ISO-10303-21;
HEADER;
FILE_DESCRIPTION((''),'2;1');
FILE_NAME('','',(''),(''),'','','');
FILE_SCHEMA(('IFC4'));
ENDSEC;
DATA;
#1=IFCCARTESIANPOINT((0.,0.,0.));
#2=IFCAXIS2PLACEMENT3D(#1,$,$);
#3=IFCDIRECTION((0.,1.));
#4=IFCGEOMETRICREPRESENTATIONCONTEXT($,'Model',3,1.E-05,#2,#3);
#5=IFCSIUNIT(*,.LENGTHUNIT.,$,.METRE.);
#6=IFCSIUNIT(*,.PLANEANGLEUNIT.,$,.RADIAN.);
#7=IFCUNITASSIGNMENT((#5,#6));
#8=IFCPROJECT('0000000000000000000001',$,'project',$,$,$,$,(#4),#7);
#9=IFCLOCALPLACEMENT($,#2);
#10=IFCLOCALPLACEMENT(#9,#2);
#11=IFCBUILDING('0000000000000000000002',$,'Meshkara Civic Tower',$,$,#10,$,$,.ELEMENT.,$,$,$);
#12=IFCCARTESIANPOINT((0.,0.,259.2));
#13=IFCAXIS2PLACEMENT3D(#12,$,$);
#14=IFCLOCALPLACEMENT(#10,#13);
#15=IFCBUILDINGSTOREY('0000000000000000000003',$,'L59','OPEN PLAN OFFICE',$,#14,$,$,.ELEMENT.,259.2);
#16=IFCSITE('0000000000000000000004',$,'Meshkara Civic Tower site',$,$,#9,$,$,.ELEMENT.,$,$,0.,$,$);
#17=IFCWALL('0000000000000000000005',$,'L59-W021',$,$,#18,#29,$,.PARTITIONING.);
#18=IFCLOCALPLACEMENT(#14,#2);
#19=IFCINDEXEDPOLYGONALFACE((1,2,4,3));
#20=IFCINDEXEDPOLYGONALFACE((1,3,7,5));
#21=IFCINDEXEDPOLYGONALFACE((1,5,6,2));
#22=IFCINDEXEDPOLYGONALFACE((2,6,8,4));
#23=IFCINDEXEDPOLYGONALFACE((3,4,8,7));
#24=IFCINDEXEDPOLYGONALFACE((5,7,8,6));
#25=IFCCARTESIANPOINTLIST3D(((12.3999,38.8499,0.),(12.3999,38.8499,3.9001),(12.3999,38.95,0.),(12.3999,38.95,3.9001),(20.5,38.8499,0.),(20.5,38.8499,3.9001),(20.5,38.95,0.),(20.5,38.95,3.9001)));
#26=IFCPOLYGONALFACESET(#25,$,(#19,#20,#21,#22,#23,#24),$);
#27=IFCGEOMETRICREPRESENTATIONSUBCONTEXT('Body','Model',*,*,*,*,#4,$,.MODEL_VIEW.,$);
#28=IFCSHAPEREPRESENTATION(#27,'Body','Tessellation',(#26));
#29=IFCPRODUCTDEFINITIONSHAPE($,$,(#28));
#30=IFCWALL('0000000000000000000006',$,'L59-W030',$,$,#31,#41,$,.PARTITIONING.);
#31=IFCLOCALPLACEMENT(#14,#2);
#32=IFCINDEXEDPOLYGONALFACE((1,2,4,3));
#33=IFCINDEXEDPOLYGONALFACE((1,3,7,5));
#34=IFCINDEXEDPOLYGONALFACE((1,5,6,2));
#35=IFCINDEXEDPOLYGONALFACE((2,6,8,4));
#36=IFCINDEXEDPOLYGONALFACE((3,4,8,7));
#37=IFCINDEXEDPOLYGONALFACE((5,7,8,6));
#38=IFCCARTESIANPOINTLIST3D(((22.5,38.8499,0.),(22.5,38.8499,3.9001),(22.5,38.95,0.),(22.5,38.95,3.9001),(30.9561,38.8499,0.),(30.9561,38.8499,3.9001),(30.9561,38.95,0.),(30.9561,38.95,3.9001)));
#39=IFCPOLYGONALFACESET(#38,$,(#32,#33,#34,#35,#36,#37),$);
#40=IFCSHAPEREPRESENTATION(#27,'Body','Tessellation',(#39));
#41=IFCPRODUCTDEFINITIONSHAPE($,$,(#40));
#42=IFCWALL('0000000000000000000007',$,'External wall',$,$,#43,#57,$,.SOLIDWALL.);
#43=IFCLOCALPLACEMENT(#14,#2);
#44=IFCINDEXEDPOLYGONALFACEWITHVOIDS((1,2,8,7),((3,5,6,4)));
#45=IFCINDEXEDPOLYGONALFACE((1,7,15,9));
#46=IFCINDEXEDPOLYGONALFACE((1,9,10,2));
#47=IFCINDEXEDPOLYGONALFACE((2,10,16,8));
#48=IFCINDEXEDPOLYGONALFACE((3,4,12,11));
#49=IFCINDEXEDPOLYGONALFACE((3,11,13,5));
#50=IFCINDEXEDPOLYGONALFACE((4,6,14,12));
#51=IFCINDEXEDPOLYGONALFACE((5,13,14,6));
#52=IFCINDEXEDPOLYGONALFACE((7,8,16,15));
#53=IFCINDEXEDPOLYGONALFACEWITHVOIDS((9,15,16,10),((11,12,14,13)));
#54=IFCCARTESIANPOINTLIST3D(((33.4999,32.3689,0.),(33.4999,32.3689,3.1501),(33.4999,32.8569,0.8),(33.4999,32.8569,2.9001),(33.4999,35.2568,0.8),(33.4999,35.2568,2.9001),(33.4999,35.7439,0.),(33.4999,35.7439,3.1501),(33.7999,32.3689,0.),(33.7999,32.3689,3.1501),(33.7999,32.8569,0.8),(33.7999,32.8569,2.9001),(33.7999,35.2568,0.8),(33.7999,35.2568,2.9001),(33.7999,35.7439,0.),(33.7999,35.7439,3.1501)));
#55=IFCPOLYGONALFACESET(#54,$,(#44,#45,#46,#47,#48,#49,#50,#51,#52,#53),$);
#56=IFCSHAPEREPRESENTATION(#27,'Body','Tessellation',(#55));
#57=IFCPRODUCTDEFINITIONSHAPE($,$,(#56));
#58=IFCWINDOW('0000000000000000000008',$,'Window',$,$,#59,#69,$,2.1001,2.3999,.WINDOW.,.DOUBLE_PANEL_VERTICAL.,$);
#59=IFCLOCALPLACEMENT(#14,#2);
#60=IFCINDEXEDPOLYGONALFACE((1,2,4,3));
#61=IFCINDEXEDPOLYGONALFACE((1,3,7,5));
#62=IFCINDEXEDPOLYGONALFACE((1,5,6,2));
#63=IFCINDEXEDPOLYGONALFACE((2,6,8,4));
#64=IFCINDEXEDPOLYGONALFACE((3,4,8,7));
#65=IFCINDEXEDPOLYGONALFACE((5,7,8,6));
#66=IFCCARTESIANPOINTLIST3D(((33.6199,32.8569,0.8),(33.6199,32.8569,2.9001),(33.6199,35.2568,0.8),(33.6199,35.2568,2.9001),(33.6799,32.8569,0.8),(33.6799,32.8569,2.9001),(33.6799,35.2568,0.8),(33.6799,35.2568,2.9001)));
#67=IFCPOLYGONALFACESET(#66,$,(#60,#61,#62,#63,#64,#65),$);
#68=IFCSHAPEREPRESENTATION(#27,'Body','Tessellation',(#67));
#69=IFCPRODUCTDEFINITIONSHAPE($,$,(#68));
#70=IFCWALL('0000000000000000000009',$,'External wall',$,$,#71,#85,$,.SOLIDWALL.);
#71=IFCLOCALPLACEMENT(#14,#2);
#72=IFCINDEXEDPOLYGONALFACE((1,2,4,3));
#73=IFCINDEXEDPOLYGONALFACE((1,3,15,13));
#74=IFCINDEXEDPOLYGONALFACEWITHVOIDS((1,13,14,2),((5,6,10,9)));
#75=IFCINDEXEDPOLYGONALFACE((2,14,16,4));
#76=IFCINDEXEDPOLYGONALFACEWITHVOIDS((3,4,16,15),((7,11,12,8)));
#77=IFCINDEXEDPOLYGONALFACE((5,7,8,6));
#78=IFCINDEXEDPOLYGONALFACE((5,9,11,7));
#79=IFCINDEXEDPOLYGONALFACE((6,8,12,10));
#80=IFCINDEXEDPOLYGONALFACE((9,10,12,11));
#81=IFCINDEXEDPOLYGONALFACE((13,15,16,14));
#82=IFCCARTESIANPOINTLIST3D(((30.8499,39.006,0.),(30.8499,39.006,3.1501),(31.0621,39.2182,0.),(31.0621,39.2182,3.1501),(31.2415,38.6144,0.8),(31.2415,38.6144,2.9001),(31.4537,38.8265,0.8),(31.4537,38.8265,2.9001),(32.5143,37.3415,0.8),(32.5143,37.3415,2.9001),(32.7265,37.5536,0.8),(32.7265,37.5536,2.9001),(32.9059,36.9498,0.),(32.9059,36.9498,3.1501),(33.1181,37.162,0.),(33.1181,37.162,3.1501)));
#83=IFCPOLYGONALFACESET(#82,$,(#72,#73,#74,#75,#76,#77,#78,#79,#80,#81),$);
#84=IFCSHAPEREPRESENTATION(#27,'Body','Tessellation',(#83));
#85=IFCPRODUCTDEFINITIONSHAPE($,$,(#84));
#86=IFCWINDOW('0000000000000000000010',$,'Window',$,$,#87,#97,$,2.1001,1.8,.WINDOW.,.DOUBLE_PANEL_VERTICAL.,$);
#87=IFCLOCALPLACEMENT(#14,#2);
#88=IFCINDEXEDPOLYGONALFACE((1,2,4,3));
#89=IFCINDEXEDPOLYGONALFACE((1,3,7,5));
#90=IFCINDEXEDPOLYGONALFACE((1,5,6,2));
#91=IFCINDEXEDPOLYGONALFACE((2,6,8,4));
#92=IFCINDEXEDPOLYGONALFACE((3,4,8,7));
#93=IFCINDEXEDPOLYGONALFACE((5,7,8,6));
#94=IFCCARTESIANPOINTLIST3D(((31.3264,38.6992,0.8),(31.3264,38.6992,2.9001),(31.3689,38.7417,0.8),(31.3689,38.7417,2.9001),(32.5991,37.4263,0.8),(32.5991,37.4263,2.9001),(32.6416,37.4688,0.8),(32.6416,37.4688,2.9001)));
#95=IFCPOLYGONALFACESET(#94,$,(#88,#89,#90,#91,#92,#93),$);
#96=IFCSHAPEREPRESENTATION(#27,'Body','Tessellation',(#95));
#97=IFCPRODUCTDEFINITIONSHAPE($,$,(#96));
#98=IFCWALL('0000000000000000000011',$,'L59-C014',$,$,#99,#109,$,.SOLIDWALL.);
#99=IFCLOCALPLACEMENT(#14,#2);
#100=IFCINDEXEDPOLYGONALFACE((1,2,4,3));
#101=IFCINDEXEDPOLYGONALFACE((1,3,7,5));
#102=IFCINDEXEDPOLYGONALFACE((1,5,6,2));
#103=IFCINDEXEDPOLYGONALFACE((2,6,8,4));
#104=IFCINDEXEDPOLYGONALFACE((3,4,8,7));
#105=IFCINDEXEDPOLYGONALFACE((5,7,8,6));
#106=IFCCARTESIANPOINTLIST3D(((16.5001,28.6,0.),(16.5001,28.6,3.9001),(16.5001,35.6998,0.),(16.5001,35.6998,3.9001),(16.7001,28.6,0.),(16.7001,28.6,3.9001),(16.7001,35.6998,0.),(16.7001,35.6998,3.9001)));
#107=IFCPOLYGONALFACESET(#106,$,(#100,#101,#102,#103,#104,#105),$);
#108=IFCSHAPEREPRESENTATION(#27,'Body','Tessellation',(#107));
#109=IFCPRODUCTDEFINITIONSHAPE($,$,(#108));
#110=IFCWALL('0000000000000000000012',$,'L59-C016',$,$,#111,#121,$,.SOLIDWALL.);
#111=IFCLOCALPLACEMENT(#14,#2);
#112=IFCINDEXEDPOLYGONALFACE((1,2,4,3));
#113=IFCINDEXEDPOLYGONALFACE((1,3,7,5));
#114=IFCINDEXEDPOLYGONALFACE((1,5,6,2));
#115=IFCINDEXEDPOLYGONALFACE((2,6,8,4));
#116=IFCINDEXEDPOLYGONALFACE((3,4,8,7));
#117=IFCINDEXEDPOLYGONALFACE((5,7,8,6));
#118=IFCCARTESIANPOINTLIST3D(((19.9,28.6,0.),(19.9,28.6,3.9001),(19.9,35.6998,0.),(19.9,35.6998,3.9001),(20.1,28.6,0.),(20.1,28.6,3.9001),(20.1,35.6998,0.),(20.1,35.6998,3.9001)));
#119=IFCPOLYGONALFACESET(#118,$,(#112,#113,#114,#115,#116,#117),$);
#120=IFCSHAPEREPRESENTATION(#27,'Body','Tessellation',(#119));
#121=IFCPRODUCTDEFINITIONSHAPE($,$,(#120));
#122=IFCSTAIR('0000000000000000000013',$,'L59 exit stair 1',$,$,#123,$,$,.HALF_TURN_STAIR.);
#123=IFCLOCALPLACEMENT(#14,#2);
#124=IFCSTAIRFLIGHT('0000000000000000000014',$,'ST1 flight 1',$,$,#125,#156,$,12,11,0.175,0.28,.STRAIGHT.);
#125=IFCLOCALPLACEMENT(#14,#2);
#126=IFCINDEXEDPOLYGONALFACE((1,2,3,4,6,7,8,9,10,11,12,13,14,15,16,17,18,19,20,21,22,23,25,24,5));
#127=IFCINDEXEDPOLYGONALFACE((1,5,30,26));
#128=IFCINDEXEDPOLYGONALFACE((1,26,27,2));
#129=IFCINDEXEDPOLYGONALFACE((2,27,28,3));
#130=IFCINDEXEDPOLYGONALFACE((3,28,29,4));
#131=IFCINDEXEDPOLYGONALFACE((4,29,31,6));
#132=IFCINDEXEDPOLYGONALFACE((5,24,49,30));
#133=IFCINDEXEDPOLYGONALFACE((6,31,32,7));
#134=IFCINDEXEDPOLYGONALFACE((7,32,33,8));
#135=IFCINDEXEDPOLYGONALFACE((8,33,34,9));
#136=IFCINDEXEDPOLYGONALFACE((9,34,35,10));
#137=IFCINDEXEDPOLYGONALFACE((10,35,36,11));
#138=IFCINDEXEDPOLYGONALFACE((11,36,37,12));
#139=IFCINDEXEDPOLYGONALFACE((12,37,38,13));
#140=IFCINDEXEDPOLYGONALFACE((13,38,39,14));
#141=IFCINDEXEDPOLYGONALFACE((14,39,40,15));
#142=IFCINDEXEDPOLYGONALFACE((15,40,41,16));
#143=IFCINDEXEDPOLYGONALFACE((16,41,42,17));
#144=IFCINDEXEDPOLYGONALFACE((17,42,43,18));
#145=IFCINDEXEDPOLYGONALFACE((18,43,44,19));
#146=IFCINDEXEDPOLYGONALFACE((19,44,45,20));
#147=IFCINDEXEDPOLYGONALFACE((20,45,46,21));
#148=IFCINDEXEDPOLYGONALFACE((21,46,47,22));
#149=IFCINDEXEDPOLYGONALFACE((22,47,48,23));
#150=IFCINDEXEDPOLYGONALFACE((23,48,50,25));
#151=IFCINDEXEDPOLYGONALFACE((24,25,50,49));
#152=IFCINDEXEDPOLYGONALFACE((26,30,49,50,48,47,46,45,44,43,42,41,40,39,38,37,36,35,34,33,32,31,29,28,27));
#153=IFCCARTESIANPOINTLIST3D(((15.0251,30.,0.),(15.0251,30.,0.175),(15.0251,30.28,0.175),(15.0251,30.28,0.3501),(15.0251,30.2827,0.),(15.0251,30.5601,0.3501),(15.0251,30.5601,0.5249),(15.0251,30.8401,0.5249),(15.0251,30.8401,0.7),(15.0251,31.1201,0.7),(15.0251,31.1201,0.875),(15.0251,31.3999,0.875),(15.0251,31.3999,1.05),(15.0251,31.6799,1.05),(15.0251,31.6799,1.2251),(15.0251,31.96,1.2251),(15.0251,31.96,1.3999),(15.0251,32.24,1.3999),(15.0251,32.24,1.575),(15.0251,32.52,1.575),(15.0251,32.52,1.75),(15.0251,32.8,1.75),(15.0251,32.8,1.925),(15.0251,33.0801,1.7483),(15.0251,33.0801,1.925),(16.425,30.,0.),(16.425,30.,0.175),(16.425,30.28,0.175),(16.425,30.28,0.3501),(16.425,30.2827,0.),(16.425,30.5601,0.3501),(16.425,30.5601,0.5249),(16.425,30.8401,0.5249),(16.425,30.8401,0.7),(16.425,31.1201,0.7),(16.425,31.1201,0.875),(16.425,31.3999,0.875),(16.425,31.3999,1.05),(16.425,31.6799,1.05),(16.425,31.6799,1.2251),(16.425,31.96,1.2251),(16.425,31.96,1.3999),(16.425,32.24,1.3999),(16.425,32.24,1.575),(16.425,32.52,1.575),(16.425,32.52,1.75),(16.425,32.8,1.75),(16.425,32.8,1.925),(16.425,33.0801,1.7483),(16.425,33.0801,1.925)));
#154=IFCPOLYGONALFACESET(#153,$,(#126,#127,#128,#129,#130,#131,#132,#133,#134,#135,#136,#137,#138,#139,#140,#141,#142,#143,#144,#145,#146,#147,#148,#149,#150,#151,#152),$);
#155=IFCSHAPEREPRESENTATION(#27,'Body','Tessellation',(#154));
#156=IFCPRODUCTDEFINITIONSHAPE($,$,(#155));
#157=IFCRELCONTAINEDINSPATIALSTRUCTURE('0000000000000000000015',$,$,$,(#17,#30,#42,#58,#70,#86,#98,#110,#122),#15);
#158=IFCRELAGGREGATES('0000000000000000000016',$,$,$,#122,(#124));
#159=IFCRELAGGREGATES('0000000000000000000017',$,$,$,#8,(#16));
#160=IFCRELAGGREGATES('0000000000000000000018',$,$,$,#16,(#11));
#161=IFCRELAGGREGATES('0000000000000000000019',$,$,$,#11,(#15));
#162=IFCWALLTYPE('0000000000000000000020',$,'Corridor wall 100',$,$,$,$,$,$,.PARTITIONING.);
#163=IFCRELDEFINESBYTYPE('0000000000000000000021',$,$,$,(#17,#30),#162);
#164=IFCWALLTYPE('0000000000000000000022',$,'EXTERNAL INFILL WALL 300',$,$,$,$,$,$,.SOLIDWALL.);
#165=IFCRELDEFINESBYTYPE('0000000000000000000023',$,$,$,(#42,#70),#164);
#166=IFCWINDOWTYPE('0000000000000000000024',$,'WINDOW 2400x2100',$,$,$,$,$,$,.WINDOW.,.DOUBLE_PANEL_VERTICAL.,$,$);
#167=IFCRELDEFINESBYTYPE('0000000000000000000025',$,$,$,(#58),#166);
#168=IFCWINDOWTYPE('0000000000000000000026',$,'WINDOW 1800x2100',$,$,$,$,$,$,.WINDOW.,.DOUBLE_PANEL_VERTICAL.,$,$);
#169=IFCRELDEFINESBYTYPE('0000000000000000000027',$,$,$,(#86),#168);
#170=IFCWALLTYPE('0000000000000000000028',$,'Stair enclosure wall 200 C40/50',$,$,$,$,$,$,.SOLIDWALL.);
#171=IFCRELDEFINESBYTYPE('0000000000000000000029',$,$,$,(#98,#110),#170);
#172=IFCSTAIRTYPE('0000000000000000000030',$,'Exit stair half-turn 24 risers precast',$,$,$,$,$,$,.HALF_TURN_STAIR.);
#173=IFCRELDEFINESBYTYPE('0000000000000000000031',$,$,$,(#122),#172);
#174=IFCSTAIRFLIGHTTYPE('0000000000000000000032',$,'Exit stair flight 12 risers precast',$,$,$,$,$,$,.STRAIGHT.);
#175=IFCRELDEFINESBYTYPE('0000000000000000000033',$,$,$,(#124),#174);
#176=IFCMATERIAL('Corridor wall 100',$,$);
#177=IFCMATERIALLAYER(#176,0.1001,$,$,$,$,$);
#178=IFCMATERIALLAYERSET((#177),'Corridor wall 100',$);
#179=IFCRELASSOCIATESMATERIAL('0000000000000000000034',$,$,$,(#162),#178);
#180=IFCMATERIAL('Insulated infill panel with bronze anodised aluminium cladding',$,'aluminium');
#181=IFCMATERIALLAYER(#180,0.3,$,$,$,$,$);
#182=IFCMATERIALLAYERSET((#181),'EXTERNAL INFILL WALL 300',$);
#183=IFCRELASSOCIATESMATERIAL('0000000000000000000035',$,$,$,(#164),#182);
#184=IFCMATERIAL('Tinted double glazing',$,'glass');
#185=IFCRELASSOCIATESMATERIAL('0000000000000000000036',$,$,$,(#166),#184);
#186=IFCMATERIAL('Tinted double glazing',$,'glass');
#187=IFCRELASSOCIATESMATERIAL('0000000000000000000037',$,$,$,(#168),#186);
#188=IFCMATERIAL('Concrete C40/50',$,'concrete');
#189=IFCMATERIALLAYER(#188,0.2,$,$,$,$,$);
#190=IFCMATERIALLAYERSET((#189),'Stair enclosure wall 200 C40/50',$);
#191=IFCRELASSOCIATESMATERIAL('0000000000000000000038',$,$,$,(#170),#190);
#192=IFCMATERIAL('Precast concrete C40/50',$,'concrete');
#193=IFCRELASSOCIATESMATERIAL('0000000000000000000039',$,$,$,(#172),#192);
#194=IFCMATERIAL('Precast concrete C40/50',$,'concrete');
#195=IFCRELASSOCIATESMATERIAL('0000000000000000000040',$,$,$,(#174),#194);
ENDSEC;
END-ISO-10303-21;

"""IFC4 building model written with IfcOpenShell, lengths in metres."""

from ifc_helpers import new_model, si_unit, direction, frame, frame_2d, origin, place, context, subcontext, project, spatial, polyline, rectangle, outline, extrude, material, layer, layer_set, type_object, element, fill, aggregate, save


model = new_model("IFC4")

# Units and contexts
model_context = context("Model", 3, precision=1e-05, world=origin(), true_north=direction((0.0, 1.0)))
body_context = subcontext(model_context, "Body", "Model", "MODEL_VIEW")
ifc_project = project(units=[si_unit("LENGTHUNIT", "METRE"), si_unit("PLANEANGLEUNIT", "RADIAN")], contexts=[model_context])

# Site, building, storey
site_placement = place(None, origin())
site = spatial("IfcSite", under=ifc_project, at=site_placement, Name="Meshkara Civic Tower site", CompositionType="ELEMENT", RefElevation=0.0)
building_placement = place(site_placement, origin())
building = spatial("IfcBuilding", under=site, at=building_placement, Name="Meshkara Civic Tower", CompositionType="ELEMENT")
storey_placement = place(building_placement, frame((0.0, 0.0, 259.2)))
storey = spatial("IfcBuildingStorey", under=building, at=storey_placement, Name="L59", Description="OPEN PLAN OFFICE", CompositionType="ELEMENT", Elevation=259.2)

# Walls
ifc_material_1 = material(Name="Corridor wall 100")
ifc_layer_1 = layer(ifc_material_1, 0.1001)
ifc_layer_set_1 = layer_set([ifc_layer_1], Name="Corridor wall 100")
wall_type_1 = type_object("IfcWallType", Name="Corridor wall 100", PredefinedType="PARTITIONING", material=ifc_layer_set_1)
wall_1_placement = place(storey_placement, frame((20.5, 38.8999, 0.0), z_axis=(0.0, 0.0, 1.0), x_axis=(-1.0, 0.0, 0.0)))
element("IfcWall", 1, at=wall_1_placement, inside=storey, type_object=wall_type_1, Name="L59-W021", PredefinedType="PARTITIONING", context=body_context, shape_type="SweptSolid", body=[
    extrude(rectangle(XDim=8.1001, YDim=0.1001, at=frame_2d((4.05, 0.0))), origin(), (0.0, 0.0, 1.0), 3.9001),
])
wall_2_placement = place(storey_placement, frame((30.9561, 38.8999, 0.0), z_axis=(0.0, 0.0, 1.0), x_axis=(-1.0, 0.0, 0.0)))
element("IfcWall", 2, at=wall_2_placement, inside=storey, type_object=wall_type_1, Name="L59-W030", PredefinedType="PARTITIONING", context=body_context, shape_type="SweptSolid", body=[
    extrude(rectangle(XDim=8.4561, YDim=0.1001, at=frame_2d((4.228, 0.0))), origin(), (0.0, 0.0, 1.0), 3.9001),
])

# Walls, openings, windows
ifc_material_2 = material(Name="Insulated infill panel with bronze anodised aluminium cladding", Category="aluminium")
ifc_layer_2 = layer(ifc_material_2, 0.3)
ifc_layer_set_2 = layer_set([ifc_layer_2], Name="EXTERNAL INFILL WALL 300")
wall_type_2 = type_object("IfcWallType", Name="EXTERNAL INFILL WALL 300", PredefinedType="SOLIDWALL", material=ifc_layer_set_2)
wall_3_placement = place(storey_placement, frame((33.6499, 32.3689, 0.0), z_axis=(0.0, 0.0, 1.0), x_axis=(0.0, 1.0, 0.0)))
wall_3 = element("IfcWall", 3, at=wall_3_placement, inside=storey, type_object=wall_type_2, Name="External wall", PredefinedType="SOLIDWALL", context=body_context, shape_type="SweptSolid", body=[
    extrude(rectangle(XDim=3.375, YDim=0.3, at=frame_2d((1.6875, 0.0))), origin(), (0.0, 0.0, 1.0), 3.1501),
])
opening_1_placement = place(wall_3_placement, frame((0.488, 0.0, 0.8)))
opening_1 = element("IfcOpeningElement", 4, at=opening_1_placement, cuts=wall_3, PredefinedType="OPENING", context=body_context, shape_type="SweptSolid", body=[
    extrude(rectangle(XDim=2.3999, YDim=2.1001, at=frame_2d((1.2, 1.05))), frame((0.0, 0.1599, 0.0), z_axis=(0.0, -1.0, 0.0), x_axis=(1.0, 0.0, 0.0)), (0.0, 0.0, 1.0), 0.3201),
])
ifc_material_3 = material(Name="Tinted double glazing", Category="glass")
window_type_1 = type_object("IfcWindowType", Name="WINDOW 2400x2100", PartitioningType="DOUBLE_PANEL_VERTICAL", PredefinedType="WINDOW", material=ifc_material_3)
window_1_placement = place(opening_1_placement, origin())
window_1 = element("IfcWindow", 5, at=window_1_placement, inside=storey, type_object=window_type_1, Name="Window", OverallHeight=2.1001, OverallWidth=2.3999, PartitioningType="DOUBLE_PANEL_VERTICAL", PredefinedType="WINDOW", context=body_context, shape_type="SweptSolid", body=[
    extrude(rectangle(XDim=2.3999, YDim=2.1001, at=frame_2d((1.2, 1.05))), frame((0.0, 0.03, 0.0), z_axis=(0.0, -1.0, 0.0), x_axis=(1.0, 0.0, 0.0)), (0.0, 0.0, 1.0), 0.0601),
])
fill(opening_1, window_1)
wall_4_placement = place(storey_placement, frame((33.012, 37.0559, 0.0), z_axis=(0.0, 0.0, 1.0), x_axis=(-0.707065, 0.707149, 0.0)))
wall_4 = element("IfcWall", 6, at=wall_4_placement, inside=storey, type_object=wall_type_2, Name="External wall", PredefinedType="SOLIDWALL", context=body_context, shape_type="SweptSolid", body=[
    extrude(rectangle(XDim=2.9077, YDim=0.3, at=frame_2d((1.4539, 0.0))), origin(), (0.0, 0.0, 1.0), 3.1501),
])
opening_2_placement = place(wall_4_placement, frame((0.554, 0.0, 0.8)))
opening_2 = element("IfcOpeningElement", 7, at=opening_2_placement, cuts=wall_4, PredefinedType="OPENING", context=body_context, shape_type="SweptSolid", body=[
    extrude(rectangle(XDim=1.8, YDim=2.1001, at=frame_2d((0.8999, 1.05))), frame((0.0, 0.1599, 0.0), z_axis=(0.0, -1.0, 0.0), x_axis=(1.0, 0.0, 0.0)), (0.0, 0.0, 1.0), 0.3201),
])
ifc_material_4 = material(Name="Tinted double glazing", Category="glass")
window_type_2 = type_object("IfcWindowType", Name="WINDOW 1800x2100", PartitioningType="DOUBLE_PANEL_VERTICAL", PredefinedType="WINDOW", material=ifc_material_4)
window_2_placement = place(opening_2_placement, origin())
window_2 = element("IfcWindow", 8, at=window_2_placement, inside=storey, type_object=window_type_2, Name="Window", OverallHeight=2.1001, OverallWidth=1.8, PartitioningType="DOUBLE_PANEL_VERTICAL", PredefinedType="WINDOW", context=body_context, shape_type="SweptSolid", body=[
    extrude(rectangle(XDim=1.8, YDim=2.1001, at=frame_2d((0.8999, 1.05))), frame((0.0, 0.03, 0.0), z_axis=(0.0, -1.0, 0.0), x_axis=(1.0, 0.0, 0.0)), (0.0, 0.0, 1.0), 0.0601),
])
fill(opening_2, window_2)

# Walls
ifc_material_5 = material(Name="Concrete C40/50", Category="concrete")
ifc_layer_3 = layer(ifc_material_5, 0.2)
ifc_layer_set_3 = layer_set([ifc_layer_3], Name="Stair enclosure wall 200 C40/50")
wall_type_3 = type_object("IfcWallType", Name="Stair enclosure wall 200 C40/50", PredefinedType="SOLIDWALL", material=ifc_layer_set_3)
for number, where, z_axis, x_axis, name in (
    (9, (16.6001, 28.6001, 0.0), (0.0, 0.0, 1.0), (0.0, 1.0, 0.0), "L59-C014"),
    (10, (20.0, 28.6001, 0.0), (0.0, 0.0, 1.0), (0.0, 1.0, 0.0), "L59-C016"),
):
    element("IfcWall", number, at=place(storey_placement, frame(where, z_axis=z_axis, x_axis=x_axis)), inside=storey, type_object=wall_type_3, Name=name, PredefinedType="SOLIDWALL", context=body_context, shape_type="SweptSolid", body=[
        extrude(rectangle(XDim=7.0999, YDim=0.2, at=frame_2d((3.5498, 0.0))), origin(), (0.0, 0.0, 1.0), 3.9001),
    ])

# Stair, stair flight
ifc_material_6 = material(Name="Precast concrete C40/50", Category="concrete")
stair_type = type_object("IfcStairType", Name="Exit stair half-turn 24 risers precast", PredefinedType="HALF_TURN_STAIR", material=ifc_material_6)
stair_1_placement = place(storey_placement, origin())
stair_1 = element("IfcStair", 11, at=stair_1_placement, inside=storey, type_object=stair_type, Name="L59 exit stair 1", PredefinedType="HALF_TURN_STAIR")
ifc_material_7 = material(Name="Precast concrete C40/50", Category="concrete")
stair_flight_type = type_object("IfcStairFlightType", Name="Exit stair flight 12 risers precast", PredefinedType="STRAIGHT", material=ifc_material_7)
stair_flight_1_placement = place(storey_placement, frame((15.7251, 30.0, 0.0), z_axis=(0.0, 0.0, 1.0), x_axis=(0.0, 1.0, 0.0)))
stair_flight_1 = element("IfcStairFlight", 12, at=stair_flight_1_placement, type_object=stair_flight_type, Name="ST1 flight 1", NumberOfRisers=12, NumberOfTreads=11, PredefinedType="STRAIGHT", RiserHeight=0.175, TreadLength=0.28, context=body_context, shape_type="SweptSolid", body=[
    extrude(outline(polyline([(0.0, 0.0), (0.0, 0.175), (0.28, 0.175), (0.28, 0.3501), (0.5601, 0.3501), (0.5601, 0.5249), (0.8401, 0.5249), (0.8401, 0.7), (1.1201, 0.7), (1.1201, 0.875), (1.3999, 0.875), (1.3999, 1.05), (1.6799, 1.05), (1.6799, 1.2251), (1.96, 1.2251), (1.96, 1.3999), (2.24, 1.3999), (2.24, 1.575), (2.52, 1.575), (2.52, 1.75), (2.8, 1.75), (2.8, 1.925), (3.0801, 1.925), (3.0801, 2.1001), (3.0801, 1.7483), (0.2827, 0.0), (0.0, 0.0)])), frame((0.0, 0.7, 0.0), z_axis=(0.0, -1.0, 0.0), x_axis=(1.0, 0.0, 0.0)), (0.0, 0.0, 1.0), 1.3999),
])
aggregate(stair_1, [stair_flight_1])

save(model, "model.ifc")
